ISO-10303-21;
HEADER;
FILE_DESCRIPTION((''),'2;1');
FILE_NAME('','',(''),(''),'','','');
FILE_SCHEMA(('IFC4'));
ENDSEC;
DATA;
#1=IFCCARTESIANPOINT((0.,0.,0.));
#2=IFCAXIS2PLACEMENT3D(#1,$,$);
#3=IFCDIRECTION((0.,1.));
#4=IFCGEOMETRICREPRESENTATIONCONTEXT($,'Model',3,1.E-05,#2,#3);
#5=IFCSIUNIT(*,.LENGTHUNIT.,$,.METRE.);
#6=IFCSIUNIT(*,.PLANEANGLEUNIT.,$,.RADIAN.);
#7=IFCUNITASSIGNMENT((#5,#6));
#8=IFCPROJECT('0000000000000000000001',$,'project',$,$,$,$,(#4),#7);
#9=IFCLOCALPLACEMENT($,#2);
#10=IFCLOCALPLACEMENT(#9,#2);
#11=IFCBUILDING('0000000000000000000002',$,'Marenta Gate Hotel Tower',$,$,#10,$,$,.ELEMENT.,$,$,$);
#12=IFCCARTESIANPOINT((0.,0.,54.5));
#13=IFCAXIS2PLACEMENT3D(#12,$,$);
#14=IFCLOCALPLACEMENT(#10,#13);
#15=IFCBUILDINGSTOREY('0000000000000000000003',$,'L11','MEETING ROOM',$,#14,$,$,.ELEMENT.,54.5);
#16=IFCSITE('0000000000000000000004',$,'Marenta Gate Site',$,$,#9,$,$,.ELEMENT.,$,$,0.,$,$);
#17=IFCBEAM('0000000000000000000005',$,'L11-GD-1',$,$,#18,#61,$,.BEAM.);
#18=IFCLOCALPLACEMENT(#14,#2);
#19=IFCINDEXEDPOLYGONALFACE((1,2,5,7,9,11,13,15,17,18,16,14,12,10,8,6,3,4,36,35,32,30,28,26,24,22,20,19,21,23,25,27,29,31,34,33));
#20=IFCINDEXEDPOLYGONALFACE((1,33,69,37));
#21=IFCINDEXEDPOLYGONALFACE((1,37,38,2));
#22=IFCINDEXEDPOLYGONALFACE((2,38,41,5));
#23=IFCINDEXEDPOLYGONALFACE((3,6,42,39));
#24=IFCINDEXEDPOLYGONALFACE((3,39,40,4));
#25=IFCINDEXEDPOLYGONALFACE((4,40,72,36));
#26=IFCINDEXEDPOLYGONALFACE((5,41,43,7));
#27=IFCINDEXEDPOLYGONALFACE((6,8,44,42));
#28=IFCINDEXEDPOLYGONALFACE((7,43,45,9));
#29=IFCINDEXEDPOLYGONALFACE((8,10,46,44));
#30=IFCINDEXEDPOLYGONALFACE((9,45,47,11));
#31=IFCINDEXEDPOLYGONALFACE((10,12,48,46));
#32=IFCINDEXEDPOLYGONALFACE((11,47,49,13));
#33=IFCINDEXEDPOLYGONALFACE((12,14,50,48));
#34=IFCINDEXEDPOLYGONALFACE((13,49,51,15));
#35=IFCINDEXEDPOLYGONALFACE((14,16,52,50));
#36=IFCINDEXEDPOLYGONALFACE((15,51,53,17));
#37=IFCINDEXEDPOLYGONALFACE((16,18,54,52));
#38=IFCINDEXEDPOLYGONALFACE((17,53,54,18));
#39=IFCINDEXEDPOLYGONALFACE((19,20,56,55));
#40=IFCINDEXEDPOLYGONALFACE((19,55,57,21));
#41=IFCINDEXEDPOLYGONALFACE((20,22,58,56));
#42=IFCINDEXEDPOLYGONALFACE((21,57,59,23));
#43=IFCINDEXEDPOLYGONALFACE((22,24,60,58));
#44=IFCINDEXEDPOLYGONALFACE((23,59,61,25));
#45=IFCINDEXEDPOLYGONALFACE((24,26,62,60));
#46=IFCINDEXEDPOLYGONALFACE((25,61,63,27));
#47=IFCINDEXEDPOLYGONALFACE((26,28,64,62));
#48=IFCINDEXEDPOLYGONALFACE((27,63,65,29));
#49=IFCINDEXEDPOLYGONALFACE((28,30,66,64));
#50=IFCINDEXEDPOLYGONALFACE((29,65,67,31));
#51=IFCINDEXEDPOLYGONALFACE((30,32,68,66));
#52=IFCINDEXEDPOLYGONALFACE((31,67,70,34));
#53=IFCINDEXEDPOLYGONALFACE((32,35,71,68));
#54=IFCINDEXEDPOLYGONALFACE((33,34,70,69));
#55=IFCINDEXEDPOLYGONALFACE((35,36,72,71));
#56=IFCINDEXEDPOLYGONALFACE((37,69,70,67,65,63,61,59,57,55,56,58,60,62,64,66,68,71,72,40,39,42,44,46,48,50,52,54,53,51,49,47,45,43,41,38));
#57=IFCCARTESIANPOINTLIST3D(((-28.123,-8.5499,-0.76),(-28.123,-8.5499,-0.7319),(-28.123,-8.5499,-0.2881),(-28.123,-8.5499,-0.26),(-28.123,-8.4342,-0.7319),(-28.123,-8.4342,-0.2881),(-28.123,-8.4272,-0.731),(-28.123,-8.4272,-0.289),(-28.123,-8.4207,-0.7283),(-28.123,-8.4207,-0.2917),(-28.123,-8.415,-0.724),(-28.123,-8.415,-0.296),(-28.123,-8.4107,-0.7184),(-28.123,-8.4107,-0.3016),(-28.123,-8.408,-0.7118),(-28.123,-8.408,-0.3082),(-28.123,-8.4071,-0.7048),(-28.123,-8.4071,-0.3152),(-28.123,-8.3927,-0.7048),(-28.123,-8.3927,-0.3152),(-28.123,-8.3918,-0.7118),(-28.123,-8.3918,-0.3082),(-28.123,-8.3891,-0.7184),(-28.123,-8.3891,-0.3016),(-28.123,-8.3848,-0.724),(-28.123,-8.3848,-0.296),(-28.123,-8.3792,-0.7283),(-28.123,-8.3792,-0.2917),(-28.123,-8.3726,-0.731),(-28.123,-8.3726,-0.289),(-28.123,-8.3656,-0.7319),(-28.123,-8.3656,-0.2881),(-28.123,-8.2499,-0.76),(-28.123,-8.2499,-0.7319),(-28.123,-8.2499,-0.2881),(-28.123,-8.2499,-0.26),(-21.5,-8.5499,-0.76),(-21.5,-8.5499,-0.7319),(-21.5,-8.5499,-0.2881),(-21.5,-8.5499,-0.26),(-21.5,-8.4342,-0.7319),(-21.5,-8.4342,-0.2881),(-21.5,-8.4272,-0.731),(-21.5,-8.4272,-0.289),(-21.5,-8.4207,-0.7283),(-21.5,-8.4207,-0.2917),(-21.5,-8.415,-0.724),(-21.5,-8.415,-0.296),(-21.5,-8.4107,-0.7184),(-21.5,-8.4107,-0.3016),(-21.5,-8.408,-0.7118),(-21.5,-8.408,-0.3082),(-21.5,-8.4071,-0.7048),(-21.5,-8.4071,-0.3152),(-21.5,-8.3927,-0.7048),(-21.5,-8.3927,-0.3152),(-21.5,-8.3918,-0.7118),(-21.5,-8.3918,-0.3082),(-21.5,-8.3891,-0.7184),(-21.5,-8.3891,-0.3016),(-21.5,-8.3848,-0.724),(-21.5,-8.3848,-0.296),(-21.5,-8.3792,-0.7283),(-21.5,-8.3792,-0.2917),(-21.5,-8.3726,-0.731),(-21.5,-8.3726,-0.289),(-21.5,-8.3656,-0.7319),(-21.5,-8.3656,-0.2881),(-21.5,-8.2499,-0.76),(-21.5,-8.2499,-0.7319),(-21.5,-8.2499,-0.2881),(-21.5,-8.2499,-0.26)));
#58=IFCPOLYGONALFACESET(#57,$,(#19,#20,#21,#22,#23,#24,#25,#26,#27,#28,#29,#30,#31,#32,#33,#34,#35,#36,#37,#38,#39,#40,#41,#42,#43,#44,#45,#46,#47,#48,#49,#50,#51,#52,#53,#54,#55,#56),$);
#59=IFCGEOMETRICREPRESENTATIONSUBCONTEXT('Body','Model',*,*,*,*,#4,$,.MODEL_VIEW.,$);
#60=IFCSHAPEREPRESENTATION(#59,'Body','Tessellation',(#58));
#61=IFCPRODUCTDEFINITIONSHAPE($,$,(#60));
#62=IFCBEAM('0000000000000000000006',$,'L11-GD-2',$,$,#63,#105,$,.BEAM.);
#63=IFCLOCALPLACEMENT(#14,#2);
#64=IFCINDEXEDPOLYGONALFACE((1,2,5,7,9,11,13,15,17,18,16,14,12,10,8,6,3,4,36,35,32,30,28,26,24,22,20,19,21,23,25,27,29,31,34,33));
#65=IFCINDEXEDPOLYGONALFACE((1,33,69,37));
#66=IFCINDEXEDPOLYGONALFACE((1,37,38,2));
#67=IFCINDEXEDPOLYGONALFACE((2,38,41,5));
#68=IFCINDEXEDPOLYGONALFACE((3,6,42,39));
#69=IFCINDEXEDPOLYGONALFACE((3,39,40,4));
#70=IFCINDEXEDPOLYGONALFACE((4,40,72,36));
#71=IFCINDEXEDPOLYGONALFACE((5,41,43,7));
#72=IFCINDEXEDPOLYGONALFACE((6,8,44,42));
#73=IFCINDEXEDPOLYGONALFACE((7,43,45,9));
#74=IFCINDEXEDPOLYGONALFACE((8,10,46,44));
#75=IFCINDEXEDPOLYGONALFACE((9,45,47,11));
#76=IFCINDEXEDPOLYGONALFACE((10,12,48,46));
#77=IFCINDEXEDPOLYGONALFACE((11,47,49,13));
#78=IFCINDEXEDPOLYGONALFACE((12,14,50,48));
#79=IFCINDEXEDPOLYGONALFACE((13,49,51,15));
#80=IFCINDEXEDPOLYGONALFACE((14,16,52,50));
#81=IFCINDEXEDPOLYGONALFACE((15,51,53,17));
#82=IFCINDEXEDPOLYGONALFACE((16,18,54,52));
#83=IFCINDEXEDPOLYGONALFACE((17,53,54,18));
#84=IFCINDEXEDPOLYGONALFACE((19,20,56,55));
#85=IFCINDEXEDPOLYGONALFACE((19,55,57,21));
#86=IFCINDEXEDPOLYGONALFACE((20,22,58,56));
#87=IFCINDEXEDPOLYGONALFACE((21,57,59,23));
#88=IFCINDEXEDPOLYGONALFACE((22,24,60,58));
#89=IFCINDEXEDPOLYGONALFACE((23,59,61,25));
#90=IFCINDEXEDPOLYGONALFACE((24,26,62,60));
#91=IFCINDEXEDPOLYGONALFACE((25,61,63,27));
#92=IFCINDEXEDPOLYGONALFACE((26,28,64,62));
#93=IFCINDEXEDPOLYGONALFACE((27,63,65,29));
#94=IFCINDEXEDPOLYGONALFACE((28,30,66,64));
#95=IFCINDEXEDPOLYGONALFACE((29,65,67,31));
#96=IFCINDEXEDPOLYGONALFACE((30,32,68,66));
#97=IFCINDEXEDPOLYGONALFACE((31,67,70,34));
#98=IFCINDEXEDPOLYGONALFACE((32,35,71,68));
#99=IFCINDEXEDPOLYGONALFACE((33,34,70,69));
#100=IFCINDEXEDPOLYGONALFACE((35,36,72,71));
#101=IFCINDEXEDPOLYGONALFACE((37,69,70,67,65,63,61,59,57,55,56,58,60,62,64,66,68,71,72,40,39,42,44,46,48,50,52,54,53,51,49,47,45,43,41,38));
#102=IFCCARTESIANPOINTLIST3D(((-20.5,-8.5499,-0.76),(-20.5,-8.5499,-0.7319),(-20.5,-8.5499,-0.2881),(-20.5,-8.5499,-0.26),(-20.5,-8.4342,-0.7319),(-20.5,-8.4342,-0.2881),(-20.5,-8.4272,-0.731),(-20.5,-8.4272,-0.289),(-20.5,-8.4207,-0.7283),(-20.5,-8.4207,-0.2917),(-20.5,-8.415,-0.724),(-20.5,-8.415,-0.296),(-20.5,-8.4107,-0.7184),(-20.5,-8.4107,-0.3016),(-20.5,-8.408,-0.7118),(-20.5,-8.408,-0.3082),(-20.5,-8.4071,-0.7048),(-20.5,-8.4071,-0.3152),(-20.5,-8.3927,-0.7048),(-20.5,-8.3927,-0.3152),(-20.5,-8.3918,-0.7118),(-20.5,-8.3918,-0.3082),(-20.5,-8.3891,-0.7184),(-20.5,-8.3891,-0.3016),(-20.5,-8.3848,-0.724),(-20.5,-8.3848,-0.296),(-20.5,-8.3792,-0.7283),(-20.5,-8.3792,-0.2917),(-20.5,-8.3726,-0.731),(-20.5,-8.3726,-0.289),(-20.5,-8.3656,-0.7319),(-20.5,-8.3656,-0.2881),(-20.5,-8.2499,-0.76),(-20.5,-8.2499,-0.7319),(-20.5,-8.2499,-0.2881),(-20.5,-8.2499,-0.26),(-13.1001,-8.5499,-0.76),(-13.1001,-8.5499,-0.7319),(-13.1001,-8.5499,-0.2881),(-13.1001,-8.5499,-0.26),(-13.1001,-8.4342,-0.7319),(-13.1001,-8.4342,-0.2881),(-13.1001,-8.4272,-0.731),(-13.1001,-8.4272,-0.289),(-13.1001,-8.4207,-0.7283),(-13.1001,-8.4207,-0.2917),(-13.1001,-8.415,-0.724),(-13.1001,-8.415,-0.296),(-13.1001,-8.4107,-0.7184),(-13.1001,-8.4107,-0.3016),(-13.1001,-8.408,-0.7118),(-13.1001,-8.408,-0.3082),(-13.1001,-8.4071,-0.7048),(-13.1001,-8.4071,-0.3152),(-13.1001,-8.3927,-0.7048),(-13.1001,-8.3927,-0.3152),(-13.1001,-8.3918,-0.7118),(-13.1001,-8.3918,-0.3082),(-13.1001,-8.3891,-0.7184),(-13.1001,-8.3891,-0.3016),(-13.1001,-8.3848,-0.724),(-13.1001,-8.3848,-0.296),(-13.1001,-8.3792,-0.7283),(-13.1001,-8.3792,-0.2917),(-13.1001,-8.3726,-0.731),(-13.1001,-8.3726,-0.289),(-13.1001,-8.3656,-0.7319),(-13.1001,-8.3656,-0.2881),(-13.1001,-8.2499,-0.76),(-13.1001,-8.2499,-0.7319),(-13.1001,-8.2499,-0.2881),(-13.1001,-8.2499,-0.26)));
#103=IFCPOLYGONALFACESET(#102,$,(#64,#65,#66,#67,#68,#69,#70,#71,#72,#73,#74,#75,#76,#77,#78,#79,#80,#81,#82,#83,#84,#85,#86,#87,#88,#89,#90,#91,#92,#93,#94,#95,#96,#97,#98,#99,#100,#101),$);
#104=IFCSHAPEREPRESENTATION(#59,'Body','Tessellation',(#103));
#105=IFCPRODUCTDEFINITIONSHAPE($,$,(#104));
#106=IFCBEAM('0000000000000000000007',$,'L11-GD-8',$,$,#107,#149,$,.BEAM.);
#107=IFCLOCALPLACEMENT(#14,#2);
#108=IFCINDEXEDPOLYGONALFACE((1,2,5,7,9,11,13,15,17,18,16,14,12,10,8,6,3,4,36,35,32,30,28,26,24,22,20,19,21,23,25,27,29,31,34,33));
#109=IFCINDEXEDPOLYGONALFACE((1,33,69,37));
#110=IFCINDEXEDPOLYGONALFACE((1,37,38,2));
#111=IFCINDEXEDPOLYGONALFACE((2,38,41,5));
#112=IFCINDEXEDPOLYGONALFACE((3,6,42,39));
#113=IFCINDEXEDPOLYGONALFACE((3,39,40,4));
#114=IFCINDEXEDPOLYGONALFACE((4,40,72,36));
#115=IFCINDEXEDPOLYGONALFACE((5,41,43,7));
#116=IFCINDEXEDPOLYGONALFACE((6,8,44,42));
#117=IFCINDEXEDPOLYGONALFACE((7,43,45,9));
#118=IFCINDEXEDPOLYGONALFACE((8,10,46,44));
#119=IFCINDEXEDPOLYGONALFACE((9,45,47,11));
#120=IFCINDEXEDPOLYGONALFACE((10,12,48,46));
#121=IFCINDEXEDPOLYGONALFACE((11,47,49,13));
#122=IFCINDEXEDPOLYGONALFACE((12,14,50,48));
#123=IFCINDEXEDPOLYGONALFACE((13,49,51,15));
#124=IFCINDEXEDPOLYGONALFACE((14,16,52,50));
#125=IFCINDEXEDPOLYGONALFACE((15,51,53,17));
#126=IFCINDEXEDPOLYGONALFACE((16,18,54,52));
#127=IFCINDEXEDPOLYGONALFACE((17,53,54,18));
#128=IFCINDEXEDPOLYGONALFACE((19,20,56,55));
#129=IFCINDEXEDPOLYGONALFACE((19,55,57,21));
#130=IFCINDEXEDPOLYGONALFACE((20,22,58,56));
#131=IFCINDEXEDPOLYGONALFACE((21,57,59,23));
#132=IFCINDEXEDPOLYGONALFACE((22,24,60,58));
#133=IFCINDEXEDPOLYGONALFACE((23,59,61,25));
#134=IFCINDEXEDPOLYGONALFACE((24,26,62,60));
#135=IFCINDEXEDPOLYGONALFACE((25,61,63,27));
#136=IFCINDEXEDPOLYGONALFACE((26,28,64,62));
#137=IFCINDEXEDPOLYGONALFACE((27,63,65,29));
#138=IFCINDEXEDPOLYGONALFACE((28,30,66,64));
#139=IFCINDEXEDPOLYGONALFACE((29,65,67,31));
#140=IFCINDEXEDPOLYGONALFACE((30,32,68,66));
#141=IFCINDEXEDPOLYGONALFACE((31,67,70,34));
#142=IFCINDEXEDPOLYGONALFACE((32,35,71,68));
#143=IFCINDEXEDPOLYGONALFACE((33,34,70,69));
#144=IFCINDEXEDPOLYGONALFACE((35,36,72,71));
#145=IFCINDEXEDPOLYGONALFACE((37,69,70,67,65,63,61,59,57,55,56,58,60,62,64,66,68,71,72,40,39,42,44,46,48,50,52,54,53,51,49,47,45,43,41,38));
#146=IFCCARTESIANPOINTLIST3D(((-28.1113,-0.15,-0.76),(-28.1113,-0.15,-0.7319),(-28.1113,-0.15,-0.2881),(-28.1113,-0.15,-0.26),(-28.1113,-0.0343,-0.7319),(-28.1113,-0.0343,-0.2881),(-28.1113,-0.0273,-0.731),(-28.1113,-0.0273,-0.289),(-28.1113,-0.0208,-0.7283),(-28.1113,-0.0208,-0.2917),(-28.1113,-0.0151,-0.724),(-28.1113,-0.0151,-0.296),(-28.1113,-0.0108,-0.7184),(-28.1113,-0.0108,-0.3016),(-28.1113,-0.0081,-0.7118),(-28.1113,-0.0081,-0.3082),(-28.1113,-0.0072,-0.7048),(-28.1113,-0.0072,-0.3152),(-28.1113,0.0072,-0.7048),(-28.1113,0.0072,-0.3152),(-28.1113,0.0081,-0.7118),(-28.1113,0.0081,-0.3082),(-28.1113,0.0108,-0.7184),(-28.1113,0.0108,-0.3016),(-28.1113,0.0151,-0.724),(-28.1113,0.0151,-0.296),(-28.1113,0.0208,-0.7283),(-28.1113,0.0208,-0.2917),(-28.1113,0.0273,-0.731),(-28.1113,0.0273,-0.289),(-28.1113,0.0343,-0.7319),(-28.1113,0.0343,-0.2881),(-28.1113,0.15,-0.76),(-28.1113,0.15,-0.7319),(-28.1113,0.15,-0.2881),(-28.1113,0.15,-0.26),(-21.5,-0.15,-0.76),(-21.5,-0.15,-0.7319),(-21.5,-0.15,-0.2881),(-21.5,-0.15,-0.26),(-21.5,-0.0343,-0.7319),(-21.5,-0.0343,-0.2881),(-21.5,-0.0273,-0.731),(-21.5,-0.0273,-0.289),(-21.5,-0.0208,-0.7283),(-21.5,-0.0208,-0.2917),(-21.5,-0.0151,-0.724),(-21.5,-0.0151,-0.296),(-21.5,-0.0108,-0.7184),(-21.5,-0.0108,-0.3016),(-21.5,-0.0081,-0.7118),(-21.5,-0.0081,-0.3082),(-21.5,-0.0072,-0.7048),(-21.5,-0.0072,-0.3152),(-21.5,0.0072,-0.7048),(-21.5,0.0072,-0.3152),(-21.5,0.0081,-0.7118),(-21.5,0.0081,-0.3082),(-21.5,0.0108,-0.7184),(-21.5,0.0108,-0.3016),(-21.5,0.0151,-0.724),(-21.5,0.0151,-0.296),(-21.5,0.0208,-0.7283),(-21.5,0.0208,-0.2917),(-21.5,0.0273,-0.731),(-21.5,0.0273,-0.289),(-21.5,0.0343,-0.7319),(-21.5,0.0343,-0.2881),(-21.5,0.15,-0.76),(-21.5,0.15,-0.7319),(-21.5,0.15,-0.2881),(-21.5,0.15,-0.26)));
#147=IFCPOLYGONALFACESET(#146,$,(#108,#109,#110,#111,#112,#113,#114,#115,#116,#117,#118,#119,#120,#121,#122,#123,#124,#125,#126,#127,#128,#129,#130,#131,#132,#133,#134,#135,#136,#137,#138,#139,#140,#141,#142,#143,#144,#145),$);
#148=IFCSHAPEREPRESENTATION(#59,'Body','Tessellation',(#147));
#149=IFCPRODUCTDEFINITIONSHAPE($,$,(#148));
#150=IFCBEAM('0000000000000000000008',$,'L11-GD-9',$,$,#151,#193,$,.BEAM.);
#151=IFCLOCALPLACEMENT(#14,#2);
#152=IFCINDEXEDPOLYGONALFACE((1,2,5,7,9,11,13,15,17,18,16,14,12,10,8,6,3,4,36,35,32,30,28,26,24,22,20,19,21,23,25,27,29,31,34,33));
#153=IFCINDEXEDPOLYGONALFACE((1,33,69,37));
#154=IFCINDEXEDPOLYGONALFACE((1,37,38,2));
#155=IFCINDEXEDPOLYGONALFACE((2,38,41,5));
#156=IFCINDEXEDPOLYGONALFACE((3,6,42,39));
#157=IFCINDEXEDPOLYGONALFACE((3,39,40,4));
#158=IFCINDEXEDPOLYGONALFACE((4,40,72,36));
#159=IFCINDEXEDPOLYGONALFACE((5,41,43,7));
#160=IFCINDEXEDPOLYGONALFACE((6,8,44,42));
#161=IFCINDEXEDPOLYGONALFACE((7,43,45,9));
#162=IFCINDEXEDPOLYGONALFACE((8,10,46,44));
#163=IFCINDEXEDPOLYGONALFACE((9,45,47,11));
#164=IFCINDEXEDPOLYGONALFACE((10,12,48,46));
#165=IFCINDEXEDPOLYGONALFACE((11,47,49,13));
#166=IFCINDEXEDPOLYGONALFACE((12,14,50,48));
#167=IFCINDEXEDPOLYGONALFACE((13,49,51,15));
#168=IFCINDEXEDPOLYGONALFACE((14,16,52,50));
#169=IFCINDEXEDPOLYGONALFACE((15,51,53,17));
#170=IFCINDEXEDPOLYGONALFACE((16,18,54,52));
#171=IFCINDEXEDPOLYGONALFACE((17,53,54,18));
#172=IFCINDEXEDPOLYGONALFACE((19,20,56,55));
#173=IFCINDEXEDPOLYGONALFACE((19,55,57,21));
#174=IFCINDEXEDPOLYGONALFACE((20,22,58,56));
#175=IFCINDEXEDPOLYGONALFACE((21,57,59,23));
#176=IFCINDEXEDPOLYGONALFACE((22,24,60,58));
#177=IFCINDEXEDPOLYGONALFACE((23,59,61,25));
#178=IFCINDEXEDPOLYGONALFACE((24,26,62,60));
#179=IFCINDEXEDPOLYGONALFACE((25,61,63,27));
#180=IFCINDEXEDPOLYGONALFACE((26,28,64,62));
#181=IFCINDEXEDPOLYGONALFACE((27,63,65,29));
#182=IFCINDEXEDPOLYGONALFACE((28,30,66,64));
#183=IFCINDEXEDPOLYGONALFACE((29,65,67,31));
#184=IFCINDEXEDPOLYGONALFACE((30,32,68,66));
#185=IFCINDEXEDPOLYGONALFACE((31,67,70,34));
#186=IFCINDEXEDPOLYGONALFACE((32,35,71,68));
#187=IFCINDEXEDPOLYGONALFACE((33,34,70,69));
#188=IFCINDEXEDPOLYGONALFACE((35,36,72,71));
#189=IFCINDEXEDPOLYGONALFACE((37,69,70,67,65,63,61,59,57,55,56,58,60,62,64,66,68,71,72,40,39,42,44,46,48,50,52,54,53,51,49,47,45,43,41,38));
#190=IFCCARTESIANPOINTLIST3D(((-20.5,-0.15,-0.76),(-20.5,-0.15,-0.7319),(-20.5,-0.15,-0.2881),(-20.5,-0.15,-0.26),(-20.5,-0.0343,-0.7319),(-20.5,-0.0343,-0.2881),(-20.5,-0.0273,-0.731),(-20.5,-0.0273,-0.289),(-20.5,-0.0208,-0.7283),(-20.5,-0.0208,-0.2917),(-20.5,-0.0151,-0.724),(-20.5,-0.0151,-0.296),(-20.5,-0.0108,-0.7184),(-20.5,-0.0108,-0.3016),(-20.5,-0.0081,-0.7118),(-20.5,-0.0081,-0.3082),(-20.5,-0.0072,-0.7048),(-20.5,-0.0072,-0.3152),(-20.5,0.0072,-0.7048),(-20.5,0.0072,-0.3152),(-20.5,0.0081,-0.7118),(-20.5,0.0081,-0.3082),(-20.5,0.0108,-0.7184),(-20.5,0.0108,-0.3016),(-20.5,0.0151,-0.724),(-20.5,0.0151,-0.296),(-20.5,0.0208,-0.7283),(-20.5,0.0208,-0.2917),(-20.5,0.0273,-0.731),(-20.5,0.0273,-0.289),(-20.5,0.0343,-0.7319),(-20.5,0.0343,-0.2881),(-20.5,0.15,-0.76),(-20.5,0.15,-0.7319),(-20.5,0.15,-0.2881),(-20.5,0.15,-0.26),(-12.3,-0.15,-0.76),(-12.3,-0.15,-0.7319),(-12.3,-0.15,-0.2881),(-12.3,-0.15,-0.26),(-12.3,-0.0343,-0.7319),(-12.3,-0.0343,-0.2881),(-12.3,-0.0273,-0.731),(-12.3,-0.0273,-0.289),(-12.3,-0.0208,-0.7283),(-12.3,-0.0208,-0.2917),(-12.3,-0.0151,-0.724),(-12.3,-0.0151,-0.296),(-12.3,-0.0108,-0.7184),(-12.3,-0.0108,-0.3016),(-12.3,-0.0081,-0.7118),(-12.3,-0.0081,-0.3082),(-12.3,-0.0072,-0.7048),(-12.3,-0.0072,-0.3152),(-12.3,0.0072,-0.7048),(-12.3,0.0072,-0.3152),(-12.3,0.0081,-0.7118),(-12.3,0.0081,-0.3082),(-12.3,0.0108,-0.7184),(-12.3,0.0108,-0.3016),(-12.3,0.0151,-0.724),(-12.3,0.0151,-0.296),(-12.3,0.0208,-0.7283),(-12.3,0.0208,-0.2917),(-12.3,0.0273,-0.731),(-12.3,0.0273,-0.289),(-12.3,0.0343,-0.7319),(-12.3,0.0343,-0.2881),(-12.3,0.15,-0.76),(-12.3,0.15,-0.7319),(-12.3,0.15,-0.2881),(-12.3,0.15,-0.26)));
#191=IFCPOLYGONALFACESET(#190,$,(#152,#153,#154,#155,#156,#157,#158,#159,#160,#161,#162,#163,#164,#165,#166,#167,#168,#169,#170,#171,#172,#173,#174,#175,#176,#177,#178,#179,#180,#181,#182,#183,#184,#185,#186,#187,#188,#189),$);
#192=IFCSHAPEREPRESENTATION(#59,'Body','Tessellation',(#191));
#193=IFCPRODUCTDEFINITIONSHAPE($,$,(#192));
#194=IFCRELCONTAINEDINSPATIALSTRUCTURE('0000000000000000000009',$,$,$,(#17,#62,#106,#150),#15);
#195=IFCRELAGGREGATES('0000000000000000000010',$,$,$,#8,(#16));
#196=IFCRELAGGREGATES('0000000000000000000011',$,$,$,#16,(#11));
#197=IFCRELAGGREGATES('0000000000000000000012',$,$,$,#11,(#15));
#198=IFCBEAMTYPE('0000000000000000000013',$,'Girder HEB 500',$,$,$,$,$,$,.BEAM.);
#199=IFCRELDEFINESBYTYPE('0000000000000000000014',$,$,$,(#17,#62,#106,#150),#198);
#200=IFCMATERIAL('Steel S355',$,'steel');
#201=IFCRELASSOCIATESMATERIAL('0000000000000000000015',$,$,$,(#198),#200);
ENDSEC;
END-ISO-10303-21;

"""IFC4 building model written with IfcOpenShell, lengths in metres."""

from ifc_helpers import new_model, si_unit, direction, frame, origin, origin_2d, place, context, subcontext, project, spatial, i_section, extrude, material, material_profile, profile_set, type_object, element, save


model = new_model("IFC4")

# Units and contexts
model_context = context("Model", 3, precision=1e-05, world=origin(), true_north=direction((0.0, 1.0)))
body_context = subcontext(model_context, "Body", "Model", "MODEL_VIEW")
ifc_project = project(units=[si_unit("LENGTHUNIT", "METRE"), si_unit("PLANEANGLEUNIT", "RADIAN")], contexts=[model_context])

# Site, building, storey
site_placement = place(None, origin())
site = spatial("IfcSite", under=ifc_project, at=site_placement, Name="Marenta Gate Site", CompositionType="ELEMENT", RefElevation=0.0)
building_placement = place(site_placement, origin())
building = spatial("IfcBuilding", under=site, at=building_placement, Name="Marenta Gate Hotel Tower", CompositionType="ELEMENT")
storey_placement = place(building_placement, frame((0.0, 0.0, 54.5)))
storey = spatial("IfcBuildingStorey", under=building, at=storey_placement, Name="L11", Description="MEETING ROOM", CompositionType="ELEMENT", Elevation=54.5)

# Beams
ifc_material_1 = material(Name="Steel S355", Category="steel")
ifc_material_profile_1 = material_profile(ifc_material_1, i_section(OverallWidth=0.3, OverallDepth=0.5, WebThickness=0.0144, FlangeThickness=0.0281, FilletRadius=0.0271, at=origin_2d()), Name="HEB 500")
ifc_profile_set_1 = profile_set([ifc_material_profile_1], Name="Steel S355")
beam_type_1 = type_object("IfcBeamType", Name="Girder HEB 500", PredefinedType="BEAM", material=ifc_profile_set_1)
beam_1_placement = place(storey_placement, frame((-28.123, -8.3999, -0.51), z_axis=(1.0, 0.0, 0.0), x_axis=(0.0, 1.0, 0.0)))
element("IfcBeam", 1, at=beam_1_placement, inside=storey, type_object=beam_type_1, Name="L11-GD-1", PredefinedType="BEAM", context=body_context, shape_type="SweptSolid", body=[
    extrude(i_section(OverallWidth=0.3, OverallDepth=0.5, WebThickness=0.0144, FlangeThickness=0.0281, FilletRadius=0.0271, at=origin_2d()), origin(), (0.0, 0.0, 1.0), 6.623),
])
beam_2_placement = place(storey_placement, frame((-20.5, -8.3999, -0.51), z_axis=(1.0, 0.0, 0.0), x_axis=(0.0, 1.0, 0.0)))
element("IfcBeam", 2, at=beam_2_placement, inside=storey, type_object=beam_type_1, Name="L11-GD-2", PredefinedType="BEAM", context=body_context, shape_type="SweptSolid", body=[
    extrude(i_section(OverallWidth=0.3, OverallDepth=0.5, WebThickness=0.0144, FlangeThickness=0.0281, FilletRadius=0.0271, at=origin_2d()), origin(), (0.0, 0.0, 1.0), 7.3999),
])
beam_3_placement = place(storey_placement, frame((-28.1113, 0.0, -0.51), z_axis=(1.0, 0.0, 0.0), x_axis=(0.0, 1.0, 0.0)))
element("IfcBeam", 3, at=beam_3_placement, inside=storey, type_object=beam_type_1, Name="L11-GD-8", PredefinedType="BEAM", context=body_context, shape_type="SweptSolid", body=[
    extrude(i_section(OverallWidth=0.3, OverallDepth=0.5, WebThickness=0.0144, FlangeThickness=0.0281, FilletRadius=0.0271, at=origin_2d()), origin(), (0.0, 0.0, 1.0), 6.6113),
])
beam_4_placement = place(storey_placement, frame((-20.5, 0.0, -0.51), z_axis=(1.0, 0.0, 0.0), x_axis=(0.0, 1.0, 0.0)))
element("IfcBeam", 4, at=beam_4_placement, inside=storey, type_object=beam_type_1, Name="L11-GD-9", PredefinedType="BEAM", context=body_context, shape_type="SweptSolid", body=[
    extrude(i_section(OverallWidth=0.3, OverallDepth=0.5, WebThickness=0.0144, FlangeThickness=0.0281, FilletRadius=0.0271, at=origin_2d()), origin(), (0.0, 0.0, 1.0), 8.2),
])

save(model, "model.ifc")
